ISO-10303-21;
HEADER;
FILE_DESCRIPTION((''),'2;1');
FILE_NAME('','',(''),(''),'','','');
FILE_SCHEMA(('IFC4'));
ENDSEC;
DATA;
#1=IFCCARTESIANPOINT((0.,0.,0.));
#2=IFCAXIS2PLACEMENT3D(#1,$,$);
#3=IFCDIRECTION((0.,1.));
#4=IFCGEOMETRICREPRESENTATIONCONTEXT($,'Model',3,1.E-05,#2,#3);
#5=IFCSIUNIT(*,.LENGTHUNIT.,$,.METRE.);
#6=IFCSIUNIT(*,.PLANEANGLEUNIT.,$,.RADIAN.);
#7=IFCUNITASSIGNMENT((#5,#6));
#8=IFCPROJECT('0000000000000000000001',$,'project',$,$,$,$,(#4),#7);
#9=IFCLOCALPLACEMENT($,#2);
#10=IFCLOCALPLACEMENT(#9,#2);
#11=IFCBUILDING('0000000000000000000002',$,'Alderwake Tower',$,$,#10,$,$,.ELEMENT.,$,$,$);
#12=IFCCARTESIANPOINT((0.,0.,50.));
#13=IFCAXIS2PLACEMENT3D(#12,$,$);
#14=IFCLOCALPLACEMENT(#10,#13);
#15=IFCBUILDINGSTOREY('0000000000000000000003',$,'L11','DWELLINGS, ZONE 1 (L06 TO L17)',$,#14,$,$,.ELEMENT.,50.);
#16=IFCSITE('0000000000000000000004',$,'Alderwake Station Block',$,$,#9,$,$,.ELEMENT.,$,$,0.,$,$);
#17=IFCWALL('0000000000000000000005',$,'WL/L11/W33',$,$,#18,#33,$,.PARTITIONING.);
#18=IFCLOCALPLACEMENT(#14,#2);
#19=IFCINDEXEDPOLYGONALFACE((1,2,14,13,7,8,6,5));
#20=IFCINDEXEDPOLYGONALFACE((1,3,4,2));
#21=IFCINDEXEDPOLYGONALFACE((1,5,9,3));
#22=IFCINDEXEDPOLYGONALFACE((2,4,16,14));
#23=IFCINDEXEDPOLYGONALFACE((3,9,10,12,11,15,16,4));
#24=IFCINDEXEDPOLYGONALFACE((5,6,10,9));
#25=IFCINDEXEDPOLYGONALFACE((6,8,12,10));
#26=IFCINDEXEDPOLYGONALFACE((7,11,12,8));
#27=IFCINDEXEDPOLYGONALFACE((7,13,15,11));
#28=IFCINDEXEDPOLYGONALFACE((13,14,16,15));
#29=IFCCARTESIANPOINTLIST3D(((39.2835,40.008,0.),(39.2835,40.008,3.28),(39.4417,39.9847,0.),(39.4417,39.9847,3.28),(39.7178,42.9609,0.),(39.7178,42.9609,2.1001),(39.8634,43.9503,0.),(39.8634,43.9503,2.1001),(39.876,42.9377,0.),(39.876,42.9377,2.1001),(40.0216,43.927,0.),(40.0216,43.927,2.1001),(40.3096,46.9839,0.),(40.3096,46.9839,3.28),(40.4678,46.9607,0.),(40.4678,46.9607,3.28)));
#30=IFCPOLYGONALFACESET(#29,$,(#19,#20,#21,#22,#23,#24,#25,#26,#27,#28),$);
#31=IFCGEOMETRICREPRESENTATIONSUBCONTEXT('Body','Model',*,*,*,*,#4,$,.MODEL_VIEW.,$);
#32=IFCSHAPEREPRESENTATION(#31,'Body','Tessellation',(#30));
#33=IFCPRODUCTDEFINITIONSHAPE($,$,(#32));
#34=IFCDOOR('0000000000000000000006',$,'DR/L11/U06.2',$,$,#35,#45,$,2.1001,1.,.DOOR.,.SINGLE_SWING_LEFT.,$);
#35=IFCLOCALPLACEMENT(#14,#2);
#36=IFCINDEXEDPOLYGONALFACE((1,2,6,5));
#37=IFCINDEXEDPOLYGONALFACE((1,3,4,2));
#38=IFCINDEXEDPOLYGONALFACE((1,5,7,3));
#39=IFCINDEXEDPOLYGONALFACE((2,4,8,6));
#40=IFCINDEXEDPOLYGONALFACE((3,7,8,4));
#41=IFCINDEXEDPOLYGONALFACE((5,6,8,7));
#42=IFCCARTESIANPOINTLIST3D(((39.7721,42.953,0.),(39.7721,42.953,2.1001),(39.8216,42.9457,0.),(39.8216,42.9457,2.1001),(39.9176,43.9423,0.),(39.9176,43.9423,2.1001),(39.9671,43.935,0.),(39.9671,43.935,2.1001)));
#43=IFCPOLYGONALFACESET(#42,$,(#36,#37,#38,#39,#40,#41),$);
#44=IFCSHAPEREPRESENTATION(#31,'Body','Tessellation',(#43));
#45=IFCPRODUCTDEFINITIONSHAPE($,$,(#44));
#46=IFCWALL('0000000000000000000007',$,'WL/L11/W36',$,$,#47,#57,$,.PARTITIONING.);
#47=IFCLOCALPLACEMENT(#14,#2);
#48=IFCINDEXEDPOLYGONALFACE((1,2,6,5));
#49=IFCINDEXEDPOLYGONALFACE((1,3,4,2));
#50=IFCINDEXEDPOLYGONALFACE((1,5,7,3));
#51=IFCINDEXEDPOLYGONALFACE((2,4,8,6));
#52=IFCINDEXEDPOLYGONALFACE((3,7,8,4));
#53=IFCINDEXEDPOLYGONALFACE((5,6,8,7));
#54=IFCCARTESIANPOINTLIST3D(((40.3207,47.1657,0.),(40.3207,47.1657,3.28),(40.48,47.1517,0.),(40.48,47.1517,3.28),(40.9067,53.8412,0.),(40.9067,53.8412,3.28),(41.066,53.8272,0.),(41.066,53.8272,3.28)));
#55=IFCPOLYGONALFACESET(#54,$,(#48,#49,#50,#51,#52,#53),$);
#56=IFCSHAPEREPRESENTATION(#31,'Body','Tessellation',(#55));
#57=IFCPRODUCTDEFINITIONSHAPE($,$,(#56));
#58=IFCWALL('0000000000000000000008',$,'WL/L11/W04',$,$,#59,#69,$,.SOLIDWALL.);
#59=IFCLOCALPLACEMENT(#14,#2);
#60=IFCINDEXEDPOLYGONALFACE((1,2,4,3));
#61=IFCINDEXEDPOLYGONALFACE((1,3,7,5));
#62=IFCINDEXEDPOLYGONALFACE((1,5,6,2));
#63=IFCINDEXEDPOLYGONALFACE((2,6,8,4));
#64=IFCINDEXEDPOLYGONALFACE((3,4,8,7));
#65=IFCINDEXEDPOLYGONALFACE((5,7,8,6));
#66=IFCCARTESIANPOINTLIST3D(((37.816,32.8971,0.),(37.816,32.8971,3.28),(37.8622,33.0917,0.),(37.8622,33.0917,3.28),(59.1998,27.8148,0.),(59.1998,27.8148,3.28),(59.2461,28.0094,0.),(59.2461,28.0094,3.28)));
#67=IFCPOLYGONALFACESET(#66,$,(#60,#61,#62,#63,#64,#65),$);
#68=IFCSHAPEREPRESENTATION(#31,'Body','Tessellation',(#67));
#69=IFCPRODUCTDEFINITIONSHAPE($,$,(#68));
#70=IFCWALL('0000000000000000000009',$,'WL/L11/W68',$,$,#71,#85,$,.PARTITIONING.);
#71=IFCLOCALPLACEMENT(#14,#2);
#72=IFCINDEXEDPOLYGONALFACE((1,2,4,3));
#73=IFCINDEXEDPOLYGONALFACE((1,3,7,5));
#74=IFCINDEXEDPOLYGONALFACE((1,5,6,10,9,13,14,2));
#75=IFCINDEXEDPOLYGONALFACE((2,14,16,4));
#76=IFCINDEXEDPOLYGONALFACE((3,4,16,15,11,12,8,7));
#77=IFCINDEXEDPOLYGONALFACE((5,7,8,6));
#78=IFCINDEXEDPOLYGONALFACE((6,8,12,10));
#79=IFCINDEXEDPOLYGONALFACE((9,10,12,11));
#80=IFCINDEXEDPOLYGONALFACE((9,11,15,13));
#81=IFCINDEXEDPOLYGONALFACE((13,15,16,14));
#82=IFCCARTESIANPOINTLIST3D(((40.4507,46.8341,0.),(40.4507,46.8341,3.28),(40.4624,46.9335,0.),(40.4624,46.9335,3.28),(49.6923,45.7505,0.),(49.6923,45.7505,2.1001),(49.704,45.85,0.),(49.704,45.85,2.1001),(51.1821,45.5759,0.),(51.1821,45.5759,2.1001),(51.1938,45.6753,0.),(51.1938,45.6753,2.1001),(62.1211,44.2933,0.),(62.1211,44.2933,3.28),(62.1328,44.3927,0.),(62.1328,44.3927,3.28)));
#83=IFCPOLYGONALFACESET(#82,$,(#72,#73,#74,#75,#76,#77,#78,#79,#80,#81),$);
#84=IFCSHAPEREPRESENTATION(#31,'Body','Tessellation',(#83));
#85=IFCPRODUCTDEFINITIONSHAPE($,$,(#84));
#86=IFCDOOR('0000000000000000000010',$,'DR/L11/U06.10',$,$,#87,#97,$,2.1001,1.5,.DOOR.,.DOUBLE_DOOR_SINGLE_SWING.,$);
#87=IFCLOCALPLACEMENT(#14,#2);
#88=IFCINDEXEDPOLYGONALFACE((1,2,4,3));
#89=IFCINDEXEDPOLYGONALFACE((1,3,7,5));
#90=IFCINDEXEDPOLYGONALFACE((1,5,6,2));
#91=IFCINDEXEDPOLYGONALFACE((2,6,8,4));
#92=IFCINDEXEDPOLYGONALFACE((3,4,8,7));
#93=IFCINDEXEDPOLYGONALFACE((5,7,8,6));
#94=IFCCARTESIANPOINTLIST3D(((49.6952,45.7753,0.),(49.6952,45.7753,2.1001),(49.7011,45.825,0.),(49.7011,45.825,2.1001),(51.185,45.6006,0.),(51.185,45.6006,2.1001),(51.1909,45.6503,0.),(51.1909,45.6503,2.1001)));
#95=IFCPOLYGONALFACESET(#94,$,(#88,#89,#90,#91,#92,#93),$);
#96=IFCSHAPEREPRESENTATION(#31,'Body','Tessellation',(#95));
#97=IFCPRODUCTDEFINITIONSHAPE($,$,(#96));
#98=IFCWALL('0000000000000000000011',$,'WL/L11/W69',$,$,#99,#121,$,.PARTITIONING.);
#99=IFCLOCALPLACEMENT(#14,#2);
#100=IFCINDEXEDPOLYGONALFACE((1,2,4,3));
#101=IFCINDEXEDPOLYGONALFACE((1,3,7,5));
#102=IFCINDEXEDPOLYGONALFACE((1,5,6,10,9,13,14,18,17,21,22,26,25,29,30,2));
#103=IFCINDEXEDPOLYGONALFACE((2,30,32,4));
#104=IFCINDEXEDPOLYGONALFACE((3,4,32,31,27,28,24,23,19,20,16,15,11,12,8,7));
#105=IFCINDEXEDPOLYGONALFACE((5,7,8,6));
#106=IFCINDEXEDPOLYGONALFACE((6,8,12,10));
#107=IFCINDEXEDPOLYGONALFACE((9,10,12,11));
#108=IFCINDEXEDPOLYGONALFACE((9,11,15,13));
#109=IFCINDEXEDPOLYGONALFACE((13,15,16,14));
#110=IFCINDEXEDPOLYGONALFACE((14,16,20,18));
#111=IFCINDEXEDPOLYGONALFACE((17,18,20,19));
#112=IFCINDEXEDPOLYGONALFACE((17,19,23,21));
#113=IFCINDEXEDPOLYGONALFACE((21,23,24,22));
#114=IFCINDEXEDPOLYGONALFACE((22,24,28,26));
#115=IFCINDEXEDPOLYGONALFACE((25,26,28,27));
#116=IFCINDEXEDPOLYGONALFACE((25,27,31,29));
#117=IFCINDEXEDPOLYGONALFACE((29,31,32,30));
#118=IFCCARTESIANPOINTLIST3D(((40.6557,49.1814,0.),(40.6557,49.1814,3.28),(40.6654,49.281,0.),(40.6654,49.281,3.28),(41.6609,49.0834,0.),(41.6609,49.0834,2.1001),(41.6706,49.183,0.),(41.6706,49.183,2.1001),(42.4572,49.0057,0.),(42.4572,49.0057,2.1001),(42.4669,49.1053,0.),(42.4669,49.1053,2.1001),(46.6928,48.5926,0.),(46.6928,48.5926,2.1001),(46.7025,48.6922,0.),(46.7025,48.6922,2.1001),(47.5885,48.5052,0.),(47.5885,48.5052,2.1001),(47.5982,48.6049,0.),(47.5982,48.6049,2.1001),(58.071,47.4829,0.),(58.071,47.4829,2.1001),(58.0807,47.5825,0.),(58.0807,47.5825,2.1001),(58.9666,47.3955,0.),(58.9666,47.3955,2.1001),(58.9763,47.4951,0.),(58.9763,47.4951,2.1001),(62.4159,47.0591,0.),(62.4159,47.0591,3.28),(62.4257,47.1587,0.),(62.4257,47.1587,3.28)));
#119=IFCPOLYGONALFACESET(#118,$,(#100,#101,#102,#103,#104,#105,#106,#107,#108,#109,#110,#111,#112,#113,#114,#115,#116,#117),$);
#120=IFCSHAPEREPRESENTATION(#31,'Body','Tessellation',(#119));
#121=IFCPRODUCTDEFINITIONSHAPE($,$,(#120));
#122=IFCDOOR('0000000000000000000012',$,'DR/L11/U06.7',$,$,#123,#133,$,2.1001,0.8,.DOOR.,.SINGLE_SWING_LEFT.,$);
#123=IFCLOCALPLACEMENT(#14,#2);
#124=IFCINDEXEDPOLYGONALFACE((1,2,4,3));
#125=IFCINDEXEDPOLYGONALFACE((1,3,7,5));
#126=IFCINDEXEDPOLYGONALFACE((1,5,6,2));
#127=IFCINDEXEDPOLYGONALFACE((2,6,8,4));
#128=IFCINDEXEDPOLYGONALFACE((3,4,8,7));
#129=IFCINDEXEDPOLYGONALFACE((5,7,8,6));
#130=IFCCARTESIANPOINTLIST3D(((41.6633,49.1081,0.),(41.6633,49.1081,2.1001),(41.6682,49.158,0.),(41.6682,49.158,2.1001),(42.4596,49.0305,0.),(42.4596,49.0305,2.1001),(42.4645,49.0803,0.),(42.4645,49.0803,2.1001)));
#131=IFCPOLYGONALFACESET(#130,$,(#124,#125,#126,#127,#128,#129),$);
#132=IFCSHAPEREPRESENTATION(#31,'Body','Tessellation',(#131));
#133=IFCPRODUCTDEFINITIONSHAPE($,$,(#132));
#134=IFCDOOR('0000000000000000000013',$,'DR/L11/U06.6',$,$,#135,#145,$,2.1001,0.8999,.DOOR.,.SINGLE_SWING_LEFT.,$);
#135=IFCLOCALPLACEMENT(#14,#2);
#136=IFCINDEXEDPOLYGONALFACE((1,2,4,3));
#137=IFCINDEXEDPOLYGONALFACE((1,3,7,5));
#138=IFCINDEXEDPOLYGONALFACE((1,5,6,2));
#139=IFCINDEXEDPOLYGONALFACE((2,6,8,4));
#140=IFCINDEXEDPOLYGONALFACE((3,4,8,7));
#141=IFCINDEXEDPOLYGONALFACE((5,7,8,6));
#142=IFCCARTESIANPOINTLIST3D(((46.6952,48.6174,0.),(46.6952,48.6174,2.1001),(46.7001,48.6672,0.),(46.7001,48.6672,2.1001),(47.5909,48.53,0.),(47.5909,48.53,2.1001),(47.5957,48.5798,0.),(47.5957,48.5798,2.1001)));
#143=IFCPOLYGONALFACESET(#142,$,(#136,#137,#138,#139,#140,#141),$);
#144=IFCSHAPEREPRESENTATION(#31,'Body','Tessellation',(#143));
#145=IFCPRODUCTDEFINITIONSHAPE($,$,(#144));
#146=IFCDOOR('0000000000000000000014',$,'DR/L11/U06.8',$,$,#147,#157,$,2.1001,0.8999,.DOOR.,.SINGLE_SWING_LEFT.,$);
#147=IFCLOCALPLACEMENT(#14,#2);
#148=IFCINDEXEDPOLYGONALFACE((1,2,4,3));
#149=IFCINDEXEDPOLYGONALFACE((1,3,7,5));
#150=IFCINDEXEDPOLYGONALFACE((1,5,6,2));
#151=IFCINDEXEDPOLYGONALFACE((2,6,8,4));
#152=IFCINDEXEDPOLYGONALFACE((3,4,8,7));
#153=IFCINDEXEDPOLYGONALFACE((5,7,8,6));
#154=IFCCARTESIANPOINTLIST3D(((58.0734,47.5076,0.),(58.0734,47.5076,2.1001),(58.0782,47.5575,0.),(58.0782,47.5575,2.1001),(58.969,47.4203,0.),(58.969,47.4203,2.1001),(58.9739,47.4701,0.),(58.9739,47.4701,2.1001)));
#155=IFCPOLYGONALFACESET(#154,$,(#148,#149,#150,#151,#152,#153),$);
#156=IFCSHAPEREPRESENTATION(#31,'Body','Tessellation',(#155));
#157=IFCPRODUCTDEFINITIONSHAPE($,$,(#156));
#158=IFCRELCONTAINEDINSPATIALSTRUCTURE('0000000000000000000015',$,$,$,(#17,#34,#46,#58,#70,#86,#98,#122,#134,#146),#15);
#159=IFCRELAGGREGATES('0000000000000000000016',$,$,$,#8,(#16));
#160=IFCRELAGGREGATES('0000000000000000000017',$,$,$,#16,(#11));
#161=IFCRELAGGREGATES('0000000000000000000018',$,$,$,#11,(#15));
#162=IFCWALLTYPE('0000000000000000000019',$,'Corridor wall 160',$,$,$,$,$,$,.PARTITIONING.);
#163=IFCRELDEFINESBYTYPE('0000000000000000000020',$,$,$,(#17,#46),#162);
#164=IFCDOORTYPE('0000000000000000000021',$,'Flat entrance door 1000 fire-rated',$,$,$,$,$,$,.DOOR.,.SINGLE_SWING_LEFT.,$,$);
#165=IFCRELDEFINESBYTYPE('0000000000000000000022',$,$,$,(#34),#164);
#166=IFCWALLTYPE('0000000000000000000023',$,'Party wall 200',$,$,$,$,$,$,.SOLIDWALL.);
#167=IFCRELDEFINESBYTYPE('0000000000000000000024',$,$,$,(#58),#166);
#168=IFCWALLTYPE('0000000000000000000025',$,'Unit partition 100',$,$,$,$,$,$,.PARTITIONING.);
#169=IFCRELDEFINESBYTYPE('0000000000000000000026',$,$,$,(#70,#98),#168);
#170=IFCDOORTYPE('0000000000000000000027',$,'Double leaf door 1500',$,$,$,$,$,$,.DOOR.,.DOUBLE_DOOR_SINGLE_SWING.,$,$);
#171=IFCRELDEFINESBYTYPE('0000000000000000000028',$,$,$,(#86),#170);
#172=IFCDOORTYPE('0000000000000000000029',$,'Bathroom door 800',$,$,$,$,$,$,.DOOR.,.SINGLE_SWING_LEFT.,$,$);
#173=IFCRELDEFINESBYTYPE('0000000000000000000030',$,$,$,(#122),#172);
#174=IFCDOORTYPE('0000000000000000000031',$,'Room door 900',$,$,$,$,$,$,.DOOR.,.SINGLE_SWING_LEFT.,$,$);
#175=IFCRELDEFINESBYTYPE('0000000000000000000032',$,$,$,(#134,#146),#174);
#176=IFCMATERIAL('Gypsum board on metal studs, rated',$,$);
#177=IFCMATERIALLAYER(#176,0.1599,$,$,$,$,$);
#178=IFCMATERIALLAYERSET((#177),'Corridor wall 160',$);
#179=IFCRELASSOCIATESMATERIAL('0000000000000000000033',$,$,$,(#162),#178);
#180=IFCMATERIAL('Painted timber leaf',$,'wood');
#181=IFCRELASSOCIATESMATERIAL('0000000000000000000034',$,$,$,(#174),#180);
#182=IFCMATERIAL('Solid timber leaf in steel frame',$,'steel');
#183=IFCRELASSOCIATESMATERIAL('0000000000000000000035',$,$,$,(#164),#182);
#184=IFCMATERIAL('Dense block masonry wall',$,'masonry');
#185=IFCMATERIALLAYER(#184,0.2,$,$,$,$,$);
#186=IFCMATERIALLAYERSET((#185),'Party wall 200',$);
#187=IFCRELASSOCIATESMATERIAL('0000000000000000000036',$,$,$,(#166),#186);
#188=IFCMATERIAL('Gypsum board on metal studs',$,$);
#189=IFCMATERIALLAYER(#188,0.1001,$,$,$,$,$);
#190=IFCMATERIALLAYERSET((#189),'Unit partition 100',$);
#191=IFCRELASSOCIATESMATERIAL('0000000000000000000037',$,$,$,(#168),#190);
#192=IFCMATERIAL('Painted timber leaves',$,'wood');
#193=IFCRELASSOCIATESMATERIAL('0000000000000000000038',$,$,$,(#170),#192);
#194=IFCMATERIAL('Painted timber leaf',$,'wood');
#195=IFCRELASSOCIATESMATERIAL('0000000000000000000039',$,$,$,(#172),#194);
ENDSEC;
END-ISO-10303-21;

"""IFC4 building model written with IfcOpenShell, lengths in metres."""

from ifc_helpers import new_model, si_unit, direction, frame, frame_2d, origin, place, context, subcontext, project, spatial, rectangle, extrude, material, layer, layer_set, type_object, element, fill, save


model = new_model("IFC4")

# Units and contexts
model_context = context("Model", 3, precision=1e-05, world=origin(), true_north=direction((0.0, 1.0)))
body_context = subcontext(model_context, "Body", "Model", "MODEL_VIEW")
ifc_project = project(units=[si_unit("LENGTHUNIT", "METRE"), si_unit("PLANEANGLEUNIT", "RADIAN")], contexts=[model_context])

# Site, building, storey
site_placement = place(None, origin())
site = spatial("IfcSite", under=ifc_project, at=site_placement, Name="Alderwake Station Block", CompositionType="ELEMENT", RefElevation=0.0)
building_placement = place(site_placement, origin())
building = spatial("IfcBuilding", under=site, at=building_placement, Name="Alderwake Tower", CompositionType="ELEMENT")
storey_placement = place(building_placement, frame((0.0, 0.0, 50.0)))
storey = spatial("IfcBuildingStorey", under=building, at=storey_placement, Name="L11", Description="DWELLINGS, ZONE 1 (L06 TO L17)", CompositionType="ELEMENT", Elevation=50.0)

# Wall, opening, door
ifc_material_1 = material(Name="Gypsum board on metal studs, rated")
ifc_layer_1 = layer(ifc_material_1, 0.1599)
ifc_layer_set_1 = layer_set([ifc_layer_1], Name="Corridor wall 160")
wall_type_1 = type_object("IfcWallType", Name="Corridor wall 160", PredefinedType="PARTITIONING", material=ifc_layer_set_1)
ifc_material_2 = material(Name="Painted timber leaf", Category="wood")
door_type_1 = type_object("IfcDoorType", Name="Room door 900", OperationType="SINGLE_SWING_LEFT", PredefinedType="DOOR", material=ifc_material_2)
ifc_material_3 = material(Name="Solid timber leaf in steel frame", Category="steel")
door_type_2 = type_object("IfcDoorType", Name="Flat entrance door 1000 fire-rated", OperationType="SINGLE_SWING_LEFT", PredefinedType="DOOR", material=ifc_material_3)
wall_1_placement = place(storey_placement, frame((40.3887, 46.9722, 0.0), z_axis=(0.0, 0.0, 1.0), x_axis=(-0.145526, -0.989354, 0.0)))
wall_1 = element("IfcWall", 1, at=wall_1_placement, inside=storey, type_object=wall_type_1, Name="WL/L11/W33", PredefinedType="PARTITIONING", context=body_context, shape_type="SweptSolid", body=[
    extrude(rectangle(XDim=7.051, YDim=0.1599, at=frame_2d((3.5254, 0.0))), origin(), (0.0, 0.0, 1.0), 3.28),
])
opening_1_placement = place(wall_1_placement, frame((3.0662, 0.0, 0.0)))
opening_1 = element("IfcOpeningElement", 2, at=opening_1_placement, cuts=wall_1, PredefinedType="OPENING", context=body_context, shape_type="SweptSolid", body=[
    extrude(rectangle(XDim=1.0, YDim=2.1001, at=frame_2d((0.5, 1.05))), frame((0.0, 0.0898, 0.0), z_axis=(0.0, -1.0, 0.0), x_axis=(1.0, 0.0, 0.0)), (0.0, 0.0, 1.0), 0.1799),
])
door_1_placement = place(opening_1_placement, origin())
door_1 = element("IfcDoor", 3, at=door_1_placement, inside=storey, type_object=door_type_2, Name="DR/L11/U06.2", OperationType="SINGLE_SWING_LEFT", OverallHeight=2.1001, OverallWidth=1.0, PredefinedType="DOOR", context=body_context, shape_type="SweptSolid", body=[
    extrude(rectangle(XDim=1.0, YDim=2.1001, at=frame_2d((0.5, 1.05))), frame((0.0, 0.0249, 0.0), z_axis=(0.0, -1.0, 0.0), x_axis=(1.0, 0.0, 0.0)), (0.0, 0.0, 1.0), 0.05),
])
fill(opening_1, door_1)

# Walls
wall_2_placement = place(storey_placement, frame((40.4004, 47.1587, 0.0), z_axis=(0.0, 0.0, 1.0), x_axis=(0.087438, 0.99617, 0.0)))
element("IfcWall", 4, at=wall_2_placement, inside=storey, type_object=wall_type_1, Name="WL/L11/W36", PredefinedType="PARTITIONING", context=body_context, shape_type="SweptSolid", body=[
    extrude(rectangle(XDim=6.7012, YDim=0.1599, at=frame_2d((3.3506, 0.0))), origin(), (0.0, 0.0, 1.0), 3.28),
])
ifc_material_4 = material(Name="Dense block masonry wall", Category="masonry")
ifc_layer_2 = layer(ifc_material_4, 0.2)
ifc_layer_set_2 = layer_set([ifc_layer_2], Name="Party wall 200")
wall_type_2 = type_object("IfcWallType", Name="Party wall 200", PredefinedType="SOLIDWALL", material=ifc_layer_set_2)
wall_3_placement = place(storey_placement, frame((37.8391, 32.9944, 0.0), z_axis=(0.0, 0.0, 1.0), x_axis=(0.972899, -0.231229, 0.0)))
element("IfcWall", 5, at=wall_3_placement, inside=storey, type_object=wall_type_2, Name="WL/L11/W04", PredefinedType="SOLIDWALL", context=body_context, shape_type="SweptSolid", body=[
    extrude(rectangle(XDim=21.9795, YDim=0.2, at=frame_2d((10.9897, 0.0))), origin(), (0.0, 0.0, 1.0), 3.28),
])

# Wall, opening, door
ifc_material_5 = material(Name="Gypsum board on metal studs")
ifc_layer_3 = layer(ifc_material_5, 0.1001)
ifc_layer_set_3 = layer_set([ifc_layer_3], Name="Unit partition 100")
wall_type_3 = type_object("IfcWallType", Name="Unit partition 100", PredefinedType="PARTITIONING", material=ifc_layer_set_3)
wall_4_placement = place(storey_placement, frame((40.4565, 46.8838, 0.0), z_axis=(0.0, 0.0, 1.0), x_axis=(0.993197, -0.116448, 0.0)))
wall_4 = element("IfcWall", 6, at=wall_4_placement, inside=storey, type_object=wall_type_3, Name="WL/L11/W68", PredefinedType="PARTITIONING", context=body_context, shape_type="SweptSolid", body=[
    extrude(rectangle(XDim=21.8188, YDim=0.1001, at=frame_2d((10.9094, 0.0))), origin(), (0.0, 0.0, 1.0), 3.28),
])
opening_2_placement = place(wall_4_placement, frame((9.3049, 0.0, 0.0)))
opening_2 = element("IfcOpeningElement", 7, at=opening_2_placement, cuts=wall_4, PredefinedType="OPENING", context=body_context, shape_type="SweptSolid", body=[
    extrude(rectangle(XDim=1.5, YDim=2.1001, at=frame_2d((0.75, 1.05))), frame((0.0, 0.0601, 0.0), z_axis=(0.0, -1.0, 0.0), x_axis=(1.0, 0.0, 0.0)), (0.0, 0.0, 1.0), 0.1201),
])
ifc_material_6 = material(Name="Painted timber leaves", Category="wood")
door_type_3 = type_object("IfcDoorType", Name="Double leaf door 1500", OperationType="DOUBLE_DOOR_SINGLE_SWING", PredefinedType="DOOR", material=ifc_material_6)
door_2_placement = place(opening_2_placement, origin())
door_2 = element("IfcDoor", 8, at=door_2_placement, inside=storey, type_object=door_type_3, Name="DR/L11/U06.10", OperationType="DOUBLE_DOOR_SINGLE_SWING", OverallHeight=2.1001, OverallWidth=1.5, PredefinedType="DOOR", context=body_context, shape_type="SweptSolid", body=[
    extrude(rectangle(XDim=1.5, YDim=2.1001, at=frame_2d((0.75, 1.05))), frame((0.0, 0.0249, 0.0), z_axis=(0.0, -1.0, 0.0), x_axis=(1.0, 0.0, 0.0)), (0.0, 0.0, 1.0), 0.05),
])
fill(opening_2, door_2)

# Wall, openings, doors
wall_5_placement = place(storey_placement, frame((40.6606, 49.2312, 0.0), z_axis=(0.0, 0.0, 1.0), x_axis=(0.995277, -0.097071, 0.0)))
wall_5 = element("IfcWall", 9, at=wall_5_placement, inside=storey, type_object=wall_type_3, Name="WL/L11/W69", PredefinedType="PARTITIONING", context=body_context, shape_type="SweptSolid", body=[
    extrude(rectangle(XDim=21.8635, YDim=0.1001, at=frame_2d((10.9316, 0.0))), origin(), (0.0, 0.0, 1.0), 3.28),
])
opening_3_placement = place(wall_5_placement, frame((6.0657, 0.0, 0.0)))
opening_3 = element("IfcOpeningElement", 10, at=opening_3_placement, cuts=wall_5, PredefinedType="OPENING", context=body_context, shape_type="SweptSolid", body=[
    extrude(rectangle(XDim=0.8999, YDim=2.1001, at=frame_2d((0.45, 1.05))), frame((0.0, 0.0601, 0.0), z_axis=(0.0, -1.0, 0.0), x_axis=(1.0, 0.0, 0.0)), (0.0, 0.0, 1.0), 0.1201),
])
opening_4_placement = place(wall_5_placement, frame((1.01, 0.0, 0.0)))
opening_4 = element("IfcOpeningElement", 11, at=opening_4_placement, cuts=wall_5, PredefinedType="OPENING", context=body_context, shape_type="SweptSolid", body=[
    extrude(rectangle(XDim=0.8, YDim=2.1001, at=frame_2d((0.3999, 1.05))), frame((0.0, 0.0601, 0.0), z_axis=(0.0, -1.0, 0.0), x_axis=(1.0, 0.0, 0.0)), (0.0, 0.0, 1.0), 0.1201),
])
opening_5_placement = place(wall_5_placement, frame((17.4978, 0.0, 0.0)))
opening_5 = element("IfcOpeningElement", 12, at=opening_5_placement, cuts=wall_5, PredefinedType="OPENING", context=body_context, shape_type="SweptSolid", body=[
    extrude(rectangle(XDim=0.8999, YDim=2.1001, at=frame_2d((0.45, 1.05))), frame((0.0, 0.0601, 0.0), z_axis=(0.0, -1.0, 0.0), x_axis=(1.0, 0.0, 0.0)), (0.0, 0.0, 1.0), 0.1201),
])
ifc_material_7 = material(Name="Painted timber leaf", Category="wood")
door_type_4 = type_object("IfcDoorType", Name="Bathroom door 800", OperationType="SINGLE_SWING_LEFT", PredefinedType="DOOR", material=ifc_material_7)
door_3_placement = place(opening_4_placement, origin())
door_3 = element("IfcDoor", 13, at=door_3_placement, inside=storey, type_object=door_type_4, Name="DR/L11/U06.7", OperationType="SINGLE_SWING_LEFT", OverallHeight=2.1001, OverallWidth=0.8, PredefinedType="DOOR", context=body_context, shape_type="SweptSolid", body=[
    extrude(rectangle(XDim=0.8, YDim=2.1001, at=frame_2d((0.3999, 1.05))), frame((0.0, 0.0249, 0.0), z_axis=(0.0, -1.0, 0.0), x_axis=(1.0, 0.0, 0.0)), (0.0, 0.0, 1.0), 0.05),
])
fill(opening_4, door_3)
door_4_placement = place(opening_3_placement, origin())
door_4 = element("IfcDoor", 14, at=door_4_placement, inside=storey, type_object=door_type_1, Name="DR/L11/U06.6", OperationType="SINGLE_SWING_LEFT", OverallHeight=2.1001, OverallWidth=0.8999, PredefinedType="DOOR", context=body_context, shape_type="SweptSolid", body=[
    extrude(rectangle(XDim=0.8999, YDim=2.1001, at=frame_2d((0.45, 1.05))), frame((0.0, 0.0249, 0.0), z_axis=(0.0, -1.0, 0.0), x_axis=(1.0, 0.0, 0.0)), (0.0, 0.0, 1.0), 0.05),
])
fill(opening_3, door_4)
door_5_placement = place(opening_5_placement, origin())
door_5 = element("IfcDoor", 15, at=door_5_placement, inside=storey, type_object=door_type_1, Name="DR/L11/U06.8", OperationType="SINGLE_SWING_LEFT", OverallHeight=2.1001, OverallWidth=0.8999, PredefinedType="DOOR", context=body_context, shape_type="SweptSolid", body=[
    extrude(rectangle(XDim=0.8999, YDim=2.1001, at=frame_2d((0.45, 1.05))), frame((0.0, 0.0249, 0.0), z_axis=(0.0, -1.0, 0.0), x_axis=(1.0, 0.0, 0.0)), (0.0, 0.0, 1.0), 0.05),
])
fill(opening_5, door_5)

save(model, "model.ifc")
